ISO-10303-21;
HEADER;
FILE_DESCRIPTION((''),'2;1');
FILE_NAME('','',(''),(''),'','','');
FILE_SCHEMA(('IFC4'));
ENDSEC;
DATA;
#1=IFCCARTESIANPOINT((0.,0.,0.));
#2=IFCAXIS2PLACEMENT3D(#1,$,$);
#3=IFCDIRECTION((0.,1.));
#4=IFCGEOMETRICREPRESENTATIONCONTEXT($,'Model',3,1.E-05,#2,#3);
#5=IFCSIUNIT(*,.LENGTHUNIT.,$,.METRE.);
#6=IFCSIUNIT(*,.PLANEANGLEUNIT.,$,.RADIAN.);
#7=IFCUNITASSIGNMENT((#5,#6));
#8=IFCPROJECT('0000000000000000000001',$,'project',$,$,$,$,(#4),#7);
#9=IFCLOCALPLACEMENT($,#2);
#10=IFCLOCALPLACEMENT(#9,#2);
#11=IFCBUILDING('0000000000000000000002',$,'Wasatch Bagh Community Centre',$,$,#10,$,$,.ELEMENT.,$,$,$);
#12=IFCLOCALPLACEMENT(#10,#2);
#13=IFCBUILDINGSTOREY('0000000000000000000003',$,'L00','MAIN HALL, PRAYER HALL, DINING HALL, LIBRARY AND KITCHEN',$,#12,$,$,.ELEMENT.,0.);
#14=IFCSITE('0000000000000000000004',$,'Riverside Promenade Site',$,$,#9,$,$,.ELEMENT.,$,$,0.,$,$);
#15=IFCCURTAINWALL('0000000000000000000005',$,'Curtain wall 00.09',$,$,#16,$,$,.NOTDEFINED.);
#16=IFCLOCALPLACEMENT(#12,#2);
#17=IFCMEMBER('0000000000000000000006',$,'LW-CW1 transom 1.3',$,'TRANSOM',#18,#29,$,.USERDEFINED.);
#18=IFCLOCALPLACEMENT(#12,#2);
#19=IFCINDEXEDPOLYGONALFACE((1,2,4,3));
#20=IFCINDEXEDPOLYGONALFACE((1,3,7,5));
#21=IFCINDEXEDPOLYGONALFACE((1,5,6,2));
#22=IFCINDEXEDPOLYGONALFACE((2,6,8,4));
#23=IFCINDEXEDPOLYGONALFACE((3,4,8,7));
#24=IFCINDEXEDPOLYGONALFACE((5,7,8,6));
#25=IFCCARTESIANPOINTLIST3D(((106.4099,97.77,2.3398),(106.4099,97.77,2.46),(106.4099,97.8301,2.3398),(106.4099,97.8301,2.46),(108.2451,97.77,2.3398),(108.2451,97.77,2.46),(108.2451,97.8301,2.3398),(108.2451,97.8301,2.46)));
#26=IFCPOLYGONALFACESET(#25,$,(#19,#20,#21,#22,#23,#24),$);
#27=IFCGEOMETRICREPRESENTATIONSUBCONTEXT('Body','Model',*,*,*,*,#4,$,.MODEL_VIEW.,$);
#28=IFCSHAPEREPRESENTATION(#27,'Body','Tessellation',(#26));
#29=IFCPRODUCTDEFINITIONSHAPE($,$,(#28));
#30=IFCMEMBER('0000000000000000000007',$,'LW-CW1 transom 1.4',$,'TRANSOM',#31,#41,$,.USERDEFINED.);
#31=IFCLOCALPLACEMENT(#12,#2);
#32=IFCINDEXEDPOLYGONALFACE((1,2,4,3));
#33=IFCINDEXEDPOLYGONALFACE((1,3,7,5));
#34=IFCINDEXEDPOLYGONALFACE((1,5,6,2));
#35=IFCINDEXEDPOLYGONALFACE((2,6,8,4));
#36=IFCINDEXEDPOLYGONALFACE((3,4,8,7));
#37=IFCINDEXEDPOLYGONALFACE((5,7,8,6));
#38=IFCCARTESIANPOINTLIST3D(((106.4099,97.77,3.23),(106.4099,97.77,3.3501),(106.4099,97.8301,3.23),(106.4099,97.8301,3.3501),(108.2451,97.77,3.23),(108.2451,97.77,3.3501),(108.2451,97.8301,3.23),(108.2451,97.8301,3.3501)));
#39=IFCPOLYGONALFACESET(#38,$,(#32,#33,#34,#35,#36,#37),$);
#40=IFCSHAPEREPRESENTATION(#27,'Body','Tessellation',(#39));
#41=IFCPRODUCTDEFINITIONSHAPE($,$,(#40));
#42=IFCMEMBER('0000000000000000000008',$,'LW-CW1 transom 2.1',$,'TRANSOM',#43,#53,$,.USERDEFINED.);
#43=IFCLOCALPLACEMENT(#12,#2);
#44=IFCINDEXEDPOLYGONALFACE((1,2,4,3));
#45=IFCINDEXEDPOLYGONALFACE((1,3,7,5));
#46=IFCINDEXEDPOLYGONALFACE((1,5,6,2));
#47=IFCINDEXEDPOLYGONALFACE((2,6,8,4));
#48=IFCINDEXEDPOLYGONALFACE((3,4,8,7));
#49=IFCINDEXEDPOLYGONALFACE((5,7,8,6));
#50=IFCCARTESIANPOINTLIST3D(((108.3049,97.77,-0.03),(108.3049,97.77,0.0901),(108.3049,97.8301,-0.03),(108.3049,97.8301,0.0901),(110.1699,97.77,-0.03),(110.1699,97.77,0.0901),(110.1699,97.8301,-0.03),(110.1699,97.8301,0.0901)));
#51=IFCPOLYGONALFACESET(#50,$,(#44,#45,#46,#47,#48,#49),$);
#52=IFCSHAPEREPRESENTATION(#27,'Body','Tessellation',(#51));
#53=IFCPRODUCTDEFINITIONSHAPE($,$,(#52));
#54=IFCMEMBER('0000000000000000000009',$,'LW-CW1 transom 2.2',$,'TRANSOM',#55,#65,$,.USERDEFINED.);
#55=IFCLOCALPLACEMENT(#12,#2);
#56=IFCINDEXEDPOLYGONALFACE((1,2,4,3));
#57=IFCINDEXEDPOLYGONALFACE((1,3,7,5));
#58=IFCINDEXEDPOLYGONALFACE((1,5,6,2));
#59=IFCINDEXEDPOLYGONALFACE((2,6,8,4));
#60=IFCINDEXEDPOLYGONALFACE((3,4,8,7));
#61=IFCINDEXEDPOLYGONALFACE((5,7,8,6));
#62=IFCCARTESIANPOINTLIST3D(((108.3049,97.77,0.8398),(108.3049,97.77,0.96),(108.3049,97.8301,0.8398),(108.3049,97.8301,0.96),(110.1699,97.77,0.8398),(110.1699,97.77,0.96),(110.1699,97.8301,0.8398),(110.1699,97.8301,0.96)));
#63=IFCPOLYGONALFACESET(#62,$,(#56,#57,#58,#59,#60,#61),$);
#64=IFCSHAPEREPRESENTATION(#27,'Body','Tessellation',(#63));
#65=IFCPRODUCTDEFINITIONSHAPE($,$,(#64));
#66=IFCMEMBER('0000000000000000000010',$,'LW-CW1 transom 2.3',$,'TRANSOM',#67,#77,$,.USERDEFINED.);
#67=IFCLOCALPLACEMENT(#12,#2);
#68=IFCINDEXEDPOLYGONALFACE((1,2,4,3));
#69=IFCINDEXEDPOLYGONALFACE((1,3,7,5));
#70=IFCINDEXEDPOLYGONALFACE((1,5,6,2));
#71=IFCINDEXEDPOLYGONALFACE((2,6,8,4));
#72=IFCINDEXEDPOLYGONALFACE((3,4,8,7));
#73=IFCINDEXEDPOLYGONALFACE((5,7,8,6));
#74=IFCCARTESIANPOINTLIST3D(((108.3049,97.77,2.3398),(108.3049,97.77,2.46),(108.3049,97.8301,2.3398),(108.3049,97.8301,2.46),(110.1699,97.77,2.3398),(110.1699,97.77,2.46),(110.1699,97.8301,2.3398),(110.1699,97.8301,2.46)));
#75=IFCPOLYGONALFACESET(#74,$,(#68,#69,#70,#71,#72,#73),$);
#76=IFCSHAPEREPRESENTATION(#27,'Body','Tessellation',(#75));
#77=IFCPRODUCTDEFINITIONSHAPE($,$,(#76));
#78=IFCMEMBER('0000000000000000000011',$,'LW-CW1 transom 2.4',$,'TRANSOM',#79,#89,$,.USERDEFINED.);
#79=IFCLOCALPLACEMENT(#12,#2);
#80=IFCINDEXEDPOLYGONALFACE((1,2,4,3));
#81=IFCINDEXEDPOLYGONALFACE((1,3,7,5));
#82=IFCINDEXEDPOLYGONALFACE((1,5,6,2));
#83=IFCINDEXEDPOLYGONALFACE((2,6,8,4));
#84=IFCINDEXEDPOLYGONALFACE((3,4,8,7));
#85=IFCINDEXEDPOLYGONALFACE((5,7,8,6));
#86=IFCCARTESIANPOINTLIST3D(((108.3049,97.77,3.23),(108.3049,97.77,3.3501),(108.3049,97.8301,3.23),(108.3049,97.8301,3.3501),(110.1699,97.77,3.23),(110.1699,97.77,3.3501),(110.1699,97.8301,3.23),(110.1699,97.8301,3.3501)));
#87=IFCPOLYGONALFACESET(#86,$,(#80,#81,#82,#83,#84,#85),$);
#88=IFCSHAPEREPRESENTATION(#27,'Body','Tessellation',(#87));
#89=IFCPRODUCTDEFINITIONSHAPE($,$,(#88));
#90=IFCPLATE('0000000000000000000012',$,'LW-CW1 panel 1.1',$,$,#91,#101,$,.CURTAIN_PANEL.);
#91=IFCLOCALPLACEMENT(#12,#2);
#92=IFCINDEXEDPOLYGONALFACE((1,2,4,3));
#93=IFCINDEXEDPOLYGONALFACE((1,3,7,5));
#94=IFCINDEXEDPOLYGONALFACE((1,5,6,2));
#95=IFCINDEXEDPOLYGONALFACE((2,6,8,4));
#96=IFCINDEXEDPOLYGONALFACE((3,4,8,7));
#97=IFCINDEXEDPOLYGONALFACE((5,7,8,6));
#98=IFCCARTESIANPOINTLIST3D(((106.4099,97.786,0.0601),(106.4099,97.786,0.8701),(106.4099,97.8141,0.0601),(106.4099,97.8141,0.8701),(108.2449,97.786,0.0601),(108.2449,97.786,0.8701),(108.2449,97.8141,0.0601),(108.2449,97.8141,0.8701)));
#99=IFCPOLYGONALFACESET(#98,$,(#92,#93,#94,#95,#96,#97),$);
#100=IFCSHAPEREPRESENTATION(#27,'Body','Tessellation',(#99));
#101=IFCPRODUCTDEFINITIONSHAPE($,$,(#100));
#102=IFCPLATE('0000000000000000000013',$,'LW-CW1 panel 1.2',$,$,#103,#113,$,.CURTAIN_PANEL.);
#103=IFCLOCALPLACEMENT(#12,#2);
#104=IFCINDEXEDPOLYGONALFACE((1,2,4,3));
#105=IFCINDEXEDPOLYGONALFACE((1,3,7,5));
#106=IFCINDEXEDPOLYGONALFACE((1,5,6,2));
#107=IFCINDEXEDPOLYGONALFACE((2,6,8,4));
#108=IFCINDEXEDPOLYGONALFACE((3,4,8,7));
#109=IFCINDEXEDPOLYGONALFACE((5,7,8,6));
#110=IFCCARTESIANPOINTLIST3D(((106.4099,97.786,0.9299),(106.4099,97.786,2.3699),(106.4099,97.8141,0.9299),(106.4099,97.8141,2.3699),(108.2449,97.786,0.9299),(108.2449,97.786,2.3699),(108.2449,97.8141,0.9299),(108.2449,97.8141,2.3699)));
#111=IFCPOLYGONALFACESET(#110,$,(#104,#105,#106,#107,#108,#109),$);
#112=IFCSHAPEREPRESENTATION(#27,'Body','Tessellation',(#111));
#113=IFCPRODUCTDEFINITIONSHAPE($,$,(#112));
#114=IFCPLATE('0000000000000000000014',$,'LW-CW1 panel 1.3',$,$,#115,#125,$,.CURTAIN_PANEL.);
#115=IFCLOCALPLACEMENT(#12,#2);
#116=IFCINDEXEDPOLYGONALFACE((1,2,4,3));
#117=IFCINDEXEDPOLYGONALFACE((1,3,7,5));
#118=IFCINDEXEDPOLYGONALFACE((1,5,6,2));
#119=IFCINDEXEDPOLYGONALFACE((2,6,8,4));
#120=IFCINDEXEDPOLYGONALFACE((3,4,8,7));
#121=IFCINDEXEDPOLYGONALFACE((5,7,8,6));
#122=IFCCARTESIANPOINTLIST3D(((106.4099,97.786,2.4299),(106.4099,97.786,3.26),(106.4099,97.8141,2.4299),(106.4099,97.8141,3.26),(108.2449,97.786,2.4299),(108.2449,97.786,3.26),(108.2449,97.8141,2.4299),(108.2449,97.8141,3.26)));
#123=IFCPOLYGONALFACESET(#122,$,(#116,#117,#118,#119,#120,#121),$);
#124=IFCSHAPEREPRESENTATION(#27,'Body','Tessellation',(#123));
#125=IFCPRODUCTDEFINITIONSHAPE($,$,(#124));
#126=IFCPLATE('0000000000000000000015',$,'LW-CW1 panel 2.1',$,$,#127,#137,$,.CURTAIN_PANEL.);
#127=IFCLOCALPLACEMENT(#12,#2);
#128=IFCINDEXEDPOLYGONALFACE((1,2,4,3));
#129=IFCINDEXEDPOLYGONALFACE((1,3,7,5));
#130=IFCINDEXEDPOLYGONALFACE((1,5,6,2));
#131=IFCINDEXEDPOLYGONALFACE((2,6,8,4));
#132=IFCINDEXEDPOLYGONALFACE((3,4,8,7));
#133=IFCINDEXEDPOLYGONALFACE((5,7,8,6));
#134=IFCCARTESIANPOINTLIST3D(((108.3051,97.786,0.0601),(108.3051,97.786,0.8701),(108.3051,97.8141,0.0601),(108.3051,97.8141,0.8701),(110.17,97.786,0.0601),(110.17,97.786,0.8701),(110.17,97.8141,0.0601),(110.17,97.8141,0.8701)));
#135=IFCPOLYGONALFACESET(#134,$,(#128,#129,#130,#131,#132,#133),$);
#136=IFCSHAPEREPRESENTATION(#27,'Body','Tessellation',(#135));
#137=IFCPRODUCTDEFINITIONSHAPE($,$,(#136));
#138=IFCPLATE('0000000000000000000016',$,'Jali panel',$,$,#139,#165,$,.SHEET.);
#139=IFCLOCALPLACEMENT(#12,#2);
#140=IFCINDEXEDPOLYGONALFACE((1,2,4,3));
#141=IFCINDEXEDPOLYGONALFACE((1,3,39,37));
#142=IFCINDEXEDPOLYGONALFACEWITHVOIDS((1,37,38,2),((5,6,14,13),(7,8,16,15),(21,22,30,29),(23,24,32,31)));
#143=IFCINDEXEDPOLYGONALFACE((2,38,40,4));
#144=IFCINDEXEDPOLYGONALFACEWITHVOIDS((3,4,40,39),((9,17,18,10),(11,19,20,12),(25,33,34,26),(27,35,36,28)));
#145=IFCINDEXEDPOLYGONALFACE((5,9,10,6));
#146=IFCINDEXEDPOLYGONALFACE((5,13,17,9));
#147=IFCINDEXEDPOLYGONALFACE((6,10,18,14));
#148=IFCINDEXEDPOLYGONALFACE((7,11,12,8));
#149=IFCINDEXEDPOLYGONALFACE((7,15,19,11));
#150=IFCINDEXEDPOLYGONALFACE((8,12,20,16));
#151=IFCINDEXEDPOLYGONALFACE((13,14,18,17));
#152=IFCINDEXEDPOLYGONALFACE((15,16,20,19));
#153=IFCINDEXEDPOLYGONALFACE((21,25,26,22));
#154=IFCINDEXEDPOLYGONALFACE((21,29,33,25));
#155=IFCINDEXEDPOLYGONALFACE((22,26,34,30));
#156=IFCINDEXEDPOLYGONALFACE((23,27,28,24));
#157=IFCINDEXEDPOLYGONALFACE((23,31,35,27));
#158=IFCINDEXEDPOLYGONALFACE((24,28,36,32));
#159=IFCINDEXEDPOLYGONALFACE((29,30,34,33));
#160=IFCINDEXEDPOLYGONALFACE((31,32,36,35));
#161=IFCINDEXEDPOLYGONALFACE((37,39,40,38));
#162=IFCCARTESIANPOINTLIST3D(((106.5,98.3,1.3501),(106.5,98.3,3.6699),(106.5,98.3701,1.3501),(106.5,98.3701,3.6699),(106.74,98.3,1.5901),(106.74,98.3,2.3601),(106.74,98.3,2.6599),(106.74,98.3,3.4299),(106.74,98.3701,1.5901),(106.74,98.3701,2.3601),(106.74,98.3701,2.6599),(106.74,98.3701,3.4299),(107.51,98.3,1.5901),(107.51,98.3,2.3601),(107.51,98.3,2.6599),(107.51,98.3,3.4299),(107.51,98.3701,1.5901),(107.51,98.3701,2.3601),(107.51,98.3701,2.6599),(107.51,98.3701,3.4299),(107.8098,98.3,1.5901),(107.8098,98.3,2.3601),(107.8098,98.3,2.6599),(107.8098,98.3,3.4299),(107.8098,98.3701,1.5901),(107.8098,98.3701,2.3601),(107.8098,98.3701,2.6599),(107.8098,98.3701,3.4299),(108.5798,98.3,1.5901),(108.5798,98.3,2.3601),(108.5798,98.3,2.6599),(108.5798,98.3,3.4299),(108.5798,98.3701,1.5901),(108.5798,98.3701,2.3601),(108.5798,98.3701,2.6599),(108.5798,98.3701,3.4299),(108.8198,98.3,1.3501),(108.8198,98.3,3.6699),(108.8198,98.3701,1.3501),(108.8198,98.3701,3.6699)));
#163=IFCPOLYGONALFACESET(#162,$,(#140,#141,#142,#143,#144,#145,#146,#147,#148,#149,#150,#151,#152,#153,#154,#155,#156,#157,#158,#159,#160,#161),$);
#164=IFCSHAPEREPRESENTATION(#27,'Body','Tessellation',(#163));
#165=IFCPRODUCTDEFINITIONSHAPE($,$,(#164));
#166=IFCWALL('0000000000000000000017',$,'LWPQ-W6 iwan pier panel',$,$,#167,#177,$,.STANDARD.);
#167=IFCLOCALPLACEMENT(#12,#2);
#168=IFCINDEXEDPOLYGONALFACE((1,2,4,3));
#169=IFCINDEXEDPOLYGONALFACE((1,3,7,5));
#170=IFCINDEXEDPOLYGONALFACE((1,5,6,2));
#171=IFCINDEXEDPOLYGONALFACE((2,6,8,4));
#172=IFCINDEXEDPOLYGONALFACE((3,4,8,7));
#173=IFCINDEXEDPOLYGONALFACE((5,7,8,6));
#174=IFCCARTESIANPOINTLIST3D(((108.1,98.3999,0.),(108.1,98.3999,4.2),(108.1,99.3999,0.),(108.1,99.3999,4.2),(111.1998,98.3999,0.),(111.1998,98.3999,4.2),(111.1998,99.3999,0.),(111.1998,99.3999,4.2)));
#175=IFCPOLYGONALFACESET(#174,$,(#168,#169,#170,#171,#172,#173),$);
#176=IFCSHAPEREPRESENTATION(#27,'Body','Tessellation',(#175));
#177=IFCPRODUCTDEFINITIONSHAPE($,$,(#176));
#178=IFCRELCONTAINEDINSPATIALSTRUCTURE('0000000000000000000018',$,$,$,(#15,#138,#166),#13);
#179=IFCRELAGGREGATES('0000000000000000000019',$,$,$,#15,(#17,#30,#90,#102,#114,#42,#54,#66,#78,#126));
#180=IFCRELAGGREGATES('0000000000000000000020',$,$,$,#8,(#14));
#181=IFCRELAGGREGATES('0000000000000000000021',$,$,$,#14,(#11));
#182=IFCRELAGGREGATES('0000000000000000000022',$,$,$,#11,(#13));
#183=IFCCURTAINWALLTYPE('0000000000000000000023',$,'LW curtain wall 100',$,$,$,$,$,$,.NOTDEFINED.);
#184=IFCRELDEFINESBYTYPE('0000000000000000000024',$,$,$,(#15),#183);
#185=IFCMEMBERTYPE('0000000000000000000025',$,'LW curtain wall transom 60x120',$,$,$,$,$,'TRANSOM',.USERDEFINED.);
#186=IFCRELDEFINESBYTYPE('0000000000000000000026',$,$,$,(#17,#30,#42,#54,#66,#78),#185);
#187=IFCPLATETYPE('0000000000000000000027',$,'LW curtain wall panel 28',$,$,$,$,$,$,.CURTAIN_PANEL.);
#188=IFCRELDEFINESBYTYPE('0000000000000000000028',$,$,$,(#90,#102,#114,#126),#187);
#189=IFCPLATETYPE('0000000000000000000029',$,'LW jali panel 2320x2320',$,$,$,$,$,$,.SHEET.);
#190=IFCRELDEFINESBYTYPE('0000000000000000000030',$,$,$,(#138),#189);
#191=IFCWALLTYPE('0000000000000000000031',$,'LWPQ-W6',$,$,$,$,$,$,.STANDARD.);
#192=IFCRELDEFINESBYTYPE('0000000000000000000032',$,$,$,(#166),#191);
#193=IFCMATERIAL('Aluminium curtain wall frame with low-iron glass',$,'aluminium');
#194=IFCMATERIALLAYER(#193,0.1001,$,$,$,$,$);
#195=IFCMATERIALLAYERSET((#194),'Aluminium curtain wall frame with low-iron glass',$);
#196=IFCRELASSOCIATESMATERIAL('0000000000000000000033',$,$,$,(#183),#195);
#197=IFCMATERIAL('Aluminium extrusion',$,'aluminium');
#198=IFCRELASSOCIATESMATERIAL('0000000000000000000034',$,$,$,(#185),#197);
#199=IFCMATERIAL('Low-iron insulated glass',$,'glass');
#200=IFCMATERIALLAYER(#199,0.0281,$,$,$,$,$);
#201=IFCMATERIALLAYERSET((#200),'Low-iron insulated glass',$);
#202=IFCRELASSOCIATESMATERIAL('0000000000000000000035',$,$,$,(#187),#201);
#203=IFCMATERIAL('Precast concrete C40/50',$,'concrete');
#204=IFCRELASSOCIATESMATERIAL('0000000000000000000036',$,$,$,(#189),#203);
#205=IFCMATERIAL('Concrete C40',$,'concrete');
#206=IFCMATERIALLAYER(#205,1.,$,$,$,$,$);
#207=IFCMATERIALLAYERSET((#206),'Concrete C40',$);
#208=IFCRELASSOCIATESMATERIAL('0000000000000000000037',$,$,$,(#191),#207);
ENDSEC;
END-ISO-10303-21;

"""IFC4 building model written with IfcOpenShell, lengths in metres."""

from ifc_helpers import new_model, si_unit, direction, frame, frame_2d, origin, origin_2d, place, context, subcontext, project, spatial, polyline, rectangle, outline, extrude, material, layer, layer_set, material_profile, profile_set, type_object, element, aggregate, save


model = new_model("IFC4")

# Units and contexts
model_context = context("Model", 3, precision=1e-05, world=origin(), true_north=direction((0.0, 1.0)))
body_context = subcontext(model_context, "Body", "Model", "MODEL_VIEW")
ifc_project = project(units=[si_unit("LENGTHUNIT", "METRE"), si_unit("PLANEANGLEUNIT", "RADIAN")], contexts=[model_context])

# Site, building, storey
site_placement = place(None, origin())
site = spatial("IfcSite", under=ifc_project, at=site_placement, Name="Riverside Promenade Site", CompositionType="ELEMENT", RefElevation=0.0)
building_placement = place(site_placement, origin())
building = spatial("IfcBuilding", under=site, at=building_placement, Name="Wasatch Bagh Community Centre", CompositionType="ELEMENT")
storey_placement = place(building_placement, origin())
storey = spatial("IfcBuildingStorey", under=building, at=storey_placement, Name="L00", Description="MAIN HALL, PRAYER HALL, DINING HALL, LIBRARY AND KITCHEN", CompositionType="ELEMENT", Elevation=0.0)

# Curtain wall, members, plates
ifc_material_1 = material(Name="Aluminium curtain wall frame with low-iron glass", Category="aluminium")
ifc_layer_1 = layer(ifc_material_1, 0.1001)
ifc_layer_set_1 = layer_set([ifc_layer_1], Name="Aluminium curtain wall frame with low-iron glass")
curtain_wall_type = type_object("IfcCurtainWallType", Name="LW curtain wall 100", PredefinedType="NOTDEFINED", material=ifc_layer_set_1)
curtain_wall_placement = place(storey_placement, origin())
curtain_wall = element("IfcCurtainWall", 1, at=curtain_wall_placement, inside=storey, type_object=curtain_wall_type, Name="Curtain wall 00.09", PredefinedType="NOTDEFINED")
ifc_material_2 = material(Name="Aluminium extrusion", Category="aluminium")
ifc_material_profile_1 = material_profile(ifc_material_2, rectangle(XDim=0.0601, YDim=0.1201, at=origin_2d()), Name="AL 60x120")
ifc_profile_set_1 = profile_set([ifc_material_profile_1], Name="Aluminium extrusion")
member_type_1 = type_object("IfcMemberType", Name="LW curtain wall transom 60x120", ElementType="TRANSOM", PredefinedType="USERDEFINED", material=ifc_profile_set_1)
member_1_placement = place(storey_placement, frame((106.4099, 97.8, 2.3999), z_axis=(1.0, 0.0, 0.0), x_axis=(0.0, 1.0, 0.0)))
member_1 = element("IfcMember", 2, at=member_1_placement, type_object=member_type_1, Name="LW-CW1 transom 1.3", ObjectType="TRANSOM", PredefinedType="USERDEFINED", context=body_context, shape_type="SweptSolid", body=[
    extrude(rectangle(XDim=0.0601, YDim=0.1201, at=origin_2d()), origin(), (0.0, 0.0, 1.0), 1.8352),
])
member_2_placement = place(storey_placement, frame((106.4099, 97.8, 3.29), z_axis=(1.0, 0.0, 0.0), x_axis=(0.0, 1.0, 0.0)))
member_2 = element("IfcMember", 3, at=member_2_placement, type_object=member_type_1, Name="LW-CW1 transom 1.4", ObjectType="TRANSOM", PredefinedType="USERDEFINED", context=body_context, shape_type="SweptSolid", body=[
    extrude(rectangle(XDim=0.0601, YDim=0.1201, at=origin_2d()), origin(), (0.0, 0.0, 1.0), 1.8352),
])
member_3_placement = place(storey_placement, frame((108.3049, 97.8, 0.03), z_axis=(1.0, 0.0, 0.0), x_axis=(0.0, 1.0, 0.0)))
member_3 = element("IfcMember", 4, at=member_3_placement, type_object=member_type_1, Name="LW-CW1 transom 2.1", ObjectType="TRANSOM", PredefinedType="USERDEFINED", context=body_context, shape_type="SweptSolid", body=[
    extrude(rectangle(XDim=0.0601, YDim=0.1201, at=origin_2d()), origin(), (0.0, 0.0, 1.0), 1.865),
])
member_4_placement = place(storey_placement, frame((108.3049, 97.8, 0.8999), z_axis=(1.0, 0.0, 0.0), x_axis=(0.0, 1.0, 0.0)))
member_4 = element("IfcMember", 5, at=member_4_placement, type_object=member_type_1, Name="LW-CW1 transom 2.2", ObjectType="TRANSOM", PredefinedType="USERDEFINED", context=body_context, shape_type="SweptSolid", body=[
    extrude(rectangle(XDim=0.0601, YDim=0.1201, at=origin_2d()), origin(), (0.0, 0.0, 1.0), 1.865),
])
member_5_placement = place(storey_placement, frame((108.3049, 97.8, 2.3999), z_axis=(1.0, 0.0, 0.0), x_axis=(0.0, 1.0, 0.0)))
member_5 = element("IfcMember", 6, at=member_5_placement, type_object=member_type_1, Name="LW-CW1 transom 2.3", ObjectType="TRANSOM", PredefinedType="USERDEFINED", context=body_context, shape_type="SweptSolid", body=[
    extrude(rectangle(XDim=0.0601, YDim=0.1201, at=origin_2d()), origin(), (0.0, 0.0, 1.0), 1.865),
])
member_6_placement = place(storey_placement, frame((108.3049, 97.8, 3.29), z_axis=(1.0, 0.0, 0.0), x_axis=(0.0, 1.0, 0.0)))
member_6 = element("IfcMember", 7, at=member_6_placement, type_object=member_type_1, Name="LW-CW1 transom 2.4", ObjectType="TRANSOM", PredefinedType="USERDEFINED", context=body_context, shape_type="SweptSolid", body=[
    extrude(rectangle(XDim=0.0601, YDim=0.1201, at=origin_2d()), origin(), (0.0, 0.0, 1.0), 1.865),
])
ifc_material_3 = material(Name="Low-iron insulated glass", Category="glass")
ifc_layer_2 = layer(ifc_material_3, 0.0281)
ifc_layer_set_2 = layer_set([ifc_layer_2], Name="Low-iron insulated glass")
plate_type_1 = type_object("IfcPlateType", Name="LW curtain wall panel 28", PredefinedType="CURTAIN_PANEL", material=ifc_layer_set_2)
plate_1_placement = place(storey_placement, frame((107.3274, 97.8, 0.0601), z_axis=(0.0, 0.0, 1.0), x_axis=(1.0, 0.0, 0.0)))
plate_1 = element("IfcPlate", 8, at=plate_1_placement, type_object=plate_type_1, Name="LW-CW1 panel 1.1", PredefinedType="CURTAIN_PANEL", context=body_context, shape_type="SweptSolid", body=[
    extrude(rectangle(XDim=1.835, YDim=0.0281, at=origin_2d()), origin(), (0.0, 0.0, 1.0), 0.8101),
])
plate_2_placement = place(storey_placement, frame((107.3274, 97.8, 0.9299), z_axis=(0.0, 0.0, 1.0), x_axis=(1.0, 0.0, 0.0)))
plate_2 = element("IfcPlate", 9, at=plate_2_placement, type_object=plate_type_1, Name="LW-CW1 panel 1.2", PredefinedType="CURTAIN_PANEL", context=body_context, shape_type="SweptSolid", body=[
    extrude(rectangle(XDim=1.835, YDim=0.0281, at=origin_2d()), origin(), (0.0, 0.0, 1.0), 1.4399),
])
plate_3_placement = place(storey_placement, frame((107.3274, 97.8, 2.4299), z_axis=(0.0, 0.0, 1.0), x_axis=(1.0, 0.0, 0.0)))
plate_3 = element("IfcPlate", 10, at=plate_3_placement, type_object=plate_type_1, Name="LW-CW1 panel 1.3", PredefinedType="CURTAIN_PANEL", context=body_context, shape_type="SweptSolid", body=[
    extrude(rectangle(XDim=1.835, YDim=0.0281, at=origin_2d()), origin(), (0.0, 0.0, 1.0), 0.8301),
])
plate_4_placement = place(storey_placement, frame((109.2375, 97.8, 0.0601), z_axis=(0.0, 0.0, 1.0), x_axis=(1.0, 0.0, 0.0)))
plate_4 = element("IfcPlate", 11, at=plate_4_placement, type_object=plate_type_1, Name="LW-CW1 panel 2.1", PredefinedType="CURTAIN_PANEL", context=body_context, shape_type="SweptSolid", body=[
    extrude(rectangle(XDim=1.865, YDim=0.0281, at=origin_2d()), origin(), (0.0, 0.0, 1.0), 0.8101),
])
aggregate(curtain_wall, [member_1, member_2, plate_1, plate_2, plate_3, member_3, member_4, member_5, member_6, plate_4])

# Plate
ifc_material_4 = material(Name="Precast concrete C40/50", Category="concrete")
ifc_material_profile_2 = material_profile(ifc_material_4, outline(polyline([(-1.1599, -1.1599), (1.1599, -1.1599), (1.1599, 1.1599), (-1.1599, 1.1599), (-1.1599, -1.1599)]), holes=[polyline([(-0.9199, -0.9199), (-0.1499, -0.9199), (-0.1499, -0.1499), (-0.9199, -0.1499), (-0.9199, -0.9199)]), polyline([(-0.9199, 0.1499), (-0.1499, 0.1499), (-0.1499, 0.9199), (-0.9199, 0.9199), (-0.9199, 0.1499)]), polyline([(0.1499, -0.9199), (0.9199, -0.9199), (0.9199, -0.1499), (0.1499, -0.1499), (0.1499, -0.9199)]), polyline([(0.1499, 0.1499), (0.9199, 0.1499), (0.9199, 0.9199), (0.1499, 0.9199), (0.1499, 0.1499)])]), Name="Jali lattice")
ifc_profile_set_2 = profile_set([ifc_material_profile_2], Name="Precast concrete C40/50")
plate_type_2 = type_object("IfcPlateType", Name="LW jali panel 2320x2320", PredefinedType="SHEET", material=ifc_profile_set_2)
plate_5_placement = place(storey_placement, frame((107.6599, 98.3, 2.51), z_axis=(0.0, 1.0, 0.0), x_axis=(-1.0, 0.0, 0.0)))
element("IfcPlate", 12, at=plate_5_placement, inside=storey, type_object=plate_type_2, Name="Jali panel", PredefinedType="SHEET", context=body_context, shape_type="SweptSolid", body=[
    extrude(outline(polyline([(-1.1599, -1.1599), (1.1599, -1.1599), (1.1599, 1.1599), (-1.1599, 1.1599), (-1.1599, -1.1599)]), holes=[polyline([(-0.9199, -0.9199), (-0.1499, -0.9199), (-0.1499, -0.1499), (-0.9199, -0.1499), (-0.9199, -0.9199)]), polyline([(-0.9199, 0.1499), (-0.1499, 0.1499), (-0.1499, 0.9199), (-0.9199, 0.9199), (-0.9199, 0.1499)]), polyline([(0.1499, -0.9199), (0.9199, -0.9199), (0.9199, -0.1499), (0.1499, -0.1499), (0.1499, -0.9199)]), polyline([(0.1499, 0.1499), (0.9199, 0.1499), (0.9199, 0.9199), (0.1499, 0.9199), (0.1499, 0.1499)])]), origin(), (0.0, 0.0, 1.0), 0.0701),
])

# Wall
ifc_material_5 = material(Name="Concrete C40", Category="concrete")
ifc_layer_3 = layer(ifc_material_5, 1.0)
ifc_layer_set_3 = layer_set([ifc_layer_3], Name="Concrete C40")
wall_type = type_object("IfcWallType", Name="LWPQ-W6", PredefinedType="STANDARD", material=ifc_layer_set_3)
wall_placement = place(storey_placement, frame((108.1001, 98.8999, 0.0), z_axis=(0.0, 0.0, 1.0), x_axis=(1.0, 0.0, 0.0)))
element("IfcWall", 13, at=wall_placement, inside=storey, type_object=wall_type, Name="LWPQ-W6 iwan pier panel", PredefinedType="STANDARD", context=body_context, shape_type="SweptSolid", body=[
    extrude(rectangle(XDim=3.0999, YDim=1.0, at=frame_2d((1.5498, 0.0))), origin(), (0.0, 0.0, 1.0), 4.2),
])

save(model, "model.ifc")
